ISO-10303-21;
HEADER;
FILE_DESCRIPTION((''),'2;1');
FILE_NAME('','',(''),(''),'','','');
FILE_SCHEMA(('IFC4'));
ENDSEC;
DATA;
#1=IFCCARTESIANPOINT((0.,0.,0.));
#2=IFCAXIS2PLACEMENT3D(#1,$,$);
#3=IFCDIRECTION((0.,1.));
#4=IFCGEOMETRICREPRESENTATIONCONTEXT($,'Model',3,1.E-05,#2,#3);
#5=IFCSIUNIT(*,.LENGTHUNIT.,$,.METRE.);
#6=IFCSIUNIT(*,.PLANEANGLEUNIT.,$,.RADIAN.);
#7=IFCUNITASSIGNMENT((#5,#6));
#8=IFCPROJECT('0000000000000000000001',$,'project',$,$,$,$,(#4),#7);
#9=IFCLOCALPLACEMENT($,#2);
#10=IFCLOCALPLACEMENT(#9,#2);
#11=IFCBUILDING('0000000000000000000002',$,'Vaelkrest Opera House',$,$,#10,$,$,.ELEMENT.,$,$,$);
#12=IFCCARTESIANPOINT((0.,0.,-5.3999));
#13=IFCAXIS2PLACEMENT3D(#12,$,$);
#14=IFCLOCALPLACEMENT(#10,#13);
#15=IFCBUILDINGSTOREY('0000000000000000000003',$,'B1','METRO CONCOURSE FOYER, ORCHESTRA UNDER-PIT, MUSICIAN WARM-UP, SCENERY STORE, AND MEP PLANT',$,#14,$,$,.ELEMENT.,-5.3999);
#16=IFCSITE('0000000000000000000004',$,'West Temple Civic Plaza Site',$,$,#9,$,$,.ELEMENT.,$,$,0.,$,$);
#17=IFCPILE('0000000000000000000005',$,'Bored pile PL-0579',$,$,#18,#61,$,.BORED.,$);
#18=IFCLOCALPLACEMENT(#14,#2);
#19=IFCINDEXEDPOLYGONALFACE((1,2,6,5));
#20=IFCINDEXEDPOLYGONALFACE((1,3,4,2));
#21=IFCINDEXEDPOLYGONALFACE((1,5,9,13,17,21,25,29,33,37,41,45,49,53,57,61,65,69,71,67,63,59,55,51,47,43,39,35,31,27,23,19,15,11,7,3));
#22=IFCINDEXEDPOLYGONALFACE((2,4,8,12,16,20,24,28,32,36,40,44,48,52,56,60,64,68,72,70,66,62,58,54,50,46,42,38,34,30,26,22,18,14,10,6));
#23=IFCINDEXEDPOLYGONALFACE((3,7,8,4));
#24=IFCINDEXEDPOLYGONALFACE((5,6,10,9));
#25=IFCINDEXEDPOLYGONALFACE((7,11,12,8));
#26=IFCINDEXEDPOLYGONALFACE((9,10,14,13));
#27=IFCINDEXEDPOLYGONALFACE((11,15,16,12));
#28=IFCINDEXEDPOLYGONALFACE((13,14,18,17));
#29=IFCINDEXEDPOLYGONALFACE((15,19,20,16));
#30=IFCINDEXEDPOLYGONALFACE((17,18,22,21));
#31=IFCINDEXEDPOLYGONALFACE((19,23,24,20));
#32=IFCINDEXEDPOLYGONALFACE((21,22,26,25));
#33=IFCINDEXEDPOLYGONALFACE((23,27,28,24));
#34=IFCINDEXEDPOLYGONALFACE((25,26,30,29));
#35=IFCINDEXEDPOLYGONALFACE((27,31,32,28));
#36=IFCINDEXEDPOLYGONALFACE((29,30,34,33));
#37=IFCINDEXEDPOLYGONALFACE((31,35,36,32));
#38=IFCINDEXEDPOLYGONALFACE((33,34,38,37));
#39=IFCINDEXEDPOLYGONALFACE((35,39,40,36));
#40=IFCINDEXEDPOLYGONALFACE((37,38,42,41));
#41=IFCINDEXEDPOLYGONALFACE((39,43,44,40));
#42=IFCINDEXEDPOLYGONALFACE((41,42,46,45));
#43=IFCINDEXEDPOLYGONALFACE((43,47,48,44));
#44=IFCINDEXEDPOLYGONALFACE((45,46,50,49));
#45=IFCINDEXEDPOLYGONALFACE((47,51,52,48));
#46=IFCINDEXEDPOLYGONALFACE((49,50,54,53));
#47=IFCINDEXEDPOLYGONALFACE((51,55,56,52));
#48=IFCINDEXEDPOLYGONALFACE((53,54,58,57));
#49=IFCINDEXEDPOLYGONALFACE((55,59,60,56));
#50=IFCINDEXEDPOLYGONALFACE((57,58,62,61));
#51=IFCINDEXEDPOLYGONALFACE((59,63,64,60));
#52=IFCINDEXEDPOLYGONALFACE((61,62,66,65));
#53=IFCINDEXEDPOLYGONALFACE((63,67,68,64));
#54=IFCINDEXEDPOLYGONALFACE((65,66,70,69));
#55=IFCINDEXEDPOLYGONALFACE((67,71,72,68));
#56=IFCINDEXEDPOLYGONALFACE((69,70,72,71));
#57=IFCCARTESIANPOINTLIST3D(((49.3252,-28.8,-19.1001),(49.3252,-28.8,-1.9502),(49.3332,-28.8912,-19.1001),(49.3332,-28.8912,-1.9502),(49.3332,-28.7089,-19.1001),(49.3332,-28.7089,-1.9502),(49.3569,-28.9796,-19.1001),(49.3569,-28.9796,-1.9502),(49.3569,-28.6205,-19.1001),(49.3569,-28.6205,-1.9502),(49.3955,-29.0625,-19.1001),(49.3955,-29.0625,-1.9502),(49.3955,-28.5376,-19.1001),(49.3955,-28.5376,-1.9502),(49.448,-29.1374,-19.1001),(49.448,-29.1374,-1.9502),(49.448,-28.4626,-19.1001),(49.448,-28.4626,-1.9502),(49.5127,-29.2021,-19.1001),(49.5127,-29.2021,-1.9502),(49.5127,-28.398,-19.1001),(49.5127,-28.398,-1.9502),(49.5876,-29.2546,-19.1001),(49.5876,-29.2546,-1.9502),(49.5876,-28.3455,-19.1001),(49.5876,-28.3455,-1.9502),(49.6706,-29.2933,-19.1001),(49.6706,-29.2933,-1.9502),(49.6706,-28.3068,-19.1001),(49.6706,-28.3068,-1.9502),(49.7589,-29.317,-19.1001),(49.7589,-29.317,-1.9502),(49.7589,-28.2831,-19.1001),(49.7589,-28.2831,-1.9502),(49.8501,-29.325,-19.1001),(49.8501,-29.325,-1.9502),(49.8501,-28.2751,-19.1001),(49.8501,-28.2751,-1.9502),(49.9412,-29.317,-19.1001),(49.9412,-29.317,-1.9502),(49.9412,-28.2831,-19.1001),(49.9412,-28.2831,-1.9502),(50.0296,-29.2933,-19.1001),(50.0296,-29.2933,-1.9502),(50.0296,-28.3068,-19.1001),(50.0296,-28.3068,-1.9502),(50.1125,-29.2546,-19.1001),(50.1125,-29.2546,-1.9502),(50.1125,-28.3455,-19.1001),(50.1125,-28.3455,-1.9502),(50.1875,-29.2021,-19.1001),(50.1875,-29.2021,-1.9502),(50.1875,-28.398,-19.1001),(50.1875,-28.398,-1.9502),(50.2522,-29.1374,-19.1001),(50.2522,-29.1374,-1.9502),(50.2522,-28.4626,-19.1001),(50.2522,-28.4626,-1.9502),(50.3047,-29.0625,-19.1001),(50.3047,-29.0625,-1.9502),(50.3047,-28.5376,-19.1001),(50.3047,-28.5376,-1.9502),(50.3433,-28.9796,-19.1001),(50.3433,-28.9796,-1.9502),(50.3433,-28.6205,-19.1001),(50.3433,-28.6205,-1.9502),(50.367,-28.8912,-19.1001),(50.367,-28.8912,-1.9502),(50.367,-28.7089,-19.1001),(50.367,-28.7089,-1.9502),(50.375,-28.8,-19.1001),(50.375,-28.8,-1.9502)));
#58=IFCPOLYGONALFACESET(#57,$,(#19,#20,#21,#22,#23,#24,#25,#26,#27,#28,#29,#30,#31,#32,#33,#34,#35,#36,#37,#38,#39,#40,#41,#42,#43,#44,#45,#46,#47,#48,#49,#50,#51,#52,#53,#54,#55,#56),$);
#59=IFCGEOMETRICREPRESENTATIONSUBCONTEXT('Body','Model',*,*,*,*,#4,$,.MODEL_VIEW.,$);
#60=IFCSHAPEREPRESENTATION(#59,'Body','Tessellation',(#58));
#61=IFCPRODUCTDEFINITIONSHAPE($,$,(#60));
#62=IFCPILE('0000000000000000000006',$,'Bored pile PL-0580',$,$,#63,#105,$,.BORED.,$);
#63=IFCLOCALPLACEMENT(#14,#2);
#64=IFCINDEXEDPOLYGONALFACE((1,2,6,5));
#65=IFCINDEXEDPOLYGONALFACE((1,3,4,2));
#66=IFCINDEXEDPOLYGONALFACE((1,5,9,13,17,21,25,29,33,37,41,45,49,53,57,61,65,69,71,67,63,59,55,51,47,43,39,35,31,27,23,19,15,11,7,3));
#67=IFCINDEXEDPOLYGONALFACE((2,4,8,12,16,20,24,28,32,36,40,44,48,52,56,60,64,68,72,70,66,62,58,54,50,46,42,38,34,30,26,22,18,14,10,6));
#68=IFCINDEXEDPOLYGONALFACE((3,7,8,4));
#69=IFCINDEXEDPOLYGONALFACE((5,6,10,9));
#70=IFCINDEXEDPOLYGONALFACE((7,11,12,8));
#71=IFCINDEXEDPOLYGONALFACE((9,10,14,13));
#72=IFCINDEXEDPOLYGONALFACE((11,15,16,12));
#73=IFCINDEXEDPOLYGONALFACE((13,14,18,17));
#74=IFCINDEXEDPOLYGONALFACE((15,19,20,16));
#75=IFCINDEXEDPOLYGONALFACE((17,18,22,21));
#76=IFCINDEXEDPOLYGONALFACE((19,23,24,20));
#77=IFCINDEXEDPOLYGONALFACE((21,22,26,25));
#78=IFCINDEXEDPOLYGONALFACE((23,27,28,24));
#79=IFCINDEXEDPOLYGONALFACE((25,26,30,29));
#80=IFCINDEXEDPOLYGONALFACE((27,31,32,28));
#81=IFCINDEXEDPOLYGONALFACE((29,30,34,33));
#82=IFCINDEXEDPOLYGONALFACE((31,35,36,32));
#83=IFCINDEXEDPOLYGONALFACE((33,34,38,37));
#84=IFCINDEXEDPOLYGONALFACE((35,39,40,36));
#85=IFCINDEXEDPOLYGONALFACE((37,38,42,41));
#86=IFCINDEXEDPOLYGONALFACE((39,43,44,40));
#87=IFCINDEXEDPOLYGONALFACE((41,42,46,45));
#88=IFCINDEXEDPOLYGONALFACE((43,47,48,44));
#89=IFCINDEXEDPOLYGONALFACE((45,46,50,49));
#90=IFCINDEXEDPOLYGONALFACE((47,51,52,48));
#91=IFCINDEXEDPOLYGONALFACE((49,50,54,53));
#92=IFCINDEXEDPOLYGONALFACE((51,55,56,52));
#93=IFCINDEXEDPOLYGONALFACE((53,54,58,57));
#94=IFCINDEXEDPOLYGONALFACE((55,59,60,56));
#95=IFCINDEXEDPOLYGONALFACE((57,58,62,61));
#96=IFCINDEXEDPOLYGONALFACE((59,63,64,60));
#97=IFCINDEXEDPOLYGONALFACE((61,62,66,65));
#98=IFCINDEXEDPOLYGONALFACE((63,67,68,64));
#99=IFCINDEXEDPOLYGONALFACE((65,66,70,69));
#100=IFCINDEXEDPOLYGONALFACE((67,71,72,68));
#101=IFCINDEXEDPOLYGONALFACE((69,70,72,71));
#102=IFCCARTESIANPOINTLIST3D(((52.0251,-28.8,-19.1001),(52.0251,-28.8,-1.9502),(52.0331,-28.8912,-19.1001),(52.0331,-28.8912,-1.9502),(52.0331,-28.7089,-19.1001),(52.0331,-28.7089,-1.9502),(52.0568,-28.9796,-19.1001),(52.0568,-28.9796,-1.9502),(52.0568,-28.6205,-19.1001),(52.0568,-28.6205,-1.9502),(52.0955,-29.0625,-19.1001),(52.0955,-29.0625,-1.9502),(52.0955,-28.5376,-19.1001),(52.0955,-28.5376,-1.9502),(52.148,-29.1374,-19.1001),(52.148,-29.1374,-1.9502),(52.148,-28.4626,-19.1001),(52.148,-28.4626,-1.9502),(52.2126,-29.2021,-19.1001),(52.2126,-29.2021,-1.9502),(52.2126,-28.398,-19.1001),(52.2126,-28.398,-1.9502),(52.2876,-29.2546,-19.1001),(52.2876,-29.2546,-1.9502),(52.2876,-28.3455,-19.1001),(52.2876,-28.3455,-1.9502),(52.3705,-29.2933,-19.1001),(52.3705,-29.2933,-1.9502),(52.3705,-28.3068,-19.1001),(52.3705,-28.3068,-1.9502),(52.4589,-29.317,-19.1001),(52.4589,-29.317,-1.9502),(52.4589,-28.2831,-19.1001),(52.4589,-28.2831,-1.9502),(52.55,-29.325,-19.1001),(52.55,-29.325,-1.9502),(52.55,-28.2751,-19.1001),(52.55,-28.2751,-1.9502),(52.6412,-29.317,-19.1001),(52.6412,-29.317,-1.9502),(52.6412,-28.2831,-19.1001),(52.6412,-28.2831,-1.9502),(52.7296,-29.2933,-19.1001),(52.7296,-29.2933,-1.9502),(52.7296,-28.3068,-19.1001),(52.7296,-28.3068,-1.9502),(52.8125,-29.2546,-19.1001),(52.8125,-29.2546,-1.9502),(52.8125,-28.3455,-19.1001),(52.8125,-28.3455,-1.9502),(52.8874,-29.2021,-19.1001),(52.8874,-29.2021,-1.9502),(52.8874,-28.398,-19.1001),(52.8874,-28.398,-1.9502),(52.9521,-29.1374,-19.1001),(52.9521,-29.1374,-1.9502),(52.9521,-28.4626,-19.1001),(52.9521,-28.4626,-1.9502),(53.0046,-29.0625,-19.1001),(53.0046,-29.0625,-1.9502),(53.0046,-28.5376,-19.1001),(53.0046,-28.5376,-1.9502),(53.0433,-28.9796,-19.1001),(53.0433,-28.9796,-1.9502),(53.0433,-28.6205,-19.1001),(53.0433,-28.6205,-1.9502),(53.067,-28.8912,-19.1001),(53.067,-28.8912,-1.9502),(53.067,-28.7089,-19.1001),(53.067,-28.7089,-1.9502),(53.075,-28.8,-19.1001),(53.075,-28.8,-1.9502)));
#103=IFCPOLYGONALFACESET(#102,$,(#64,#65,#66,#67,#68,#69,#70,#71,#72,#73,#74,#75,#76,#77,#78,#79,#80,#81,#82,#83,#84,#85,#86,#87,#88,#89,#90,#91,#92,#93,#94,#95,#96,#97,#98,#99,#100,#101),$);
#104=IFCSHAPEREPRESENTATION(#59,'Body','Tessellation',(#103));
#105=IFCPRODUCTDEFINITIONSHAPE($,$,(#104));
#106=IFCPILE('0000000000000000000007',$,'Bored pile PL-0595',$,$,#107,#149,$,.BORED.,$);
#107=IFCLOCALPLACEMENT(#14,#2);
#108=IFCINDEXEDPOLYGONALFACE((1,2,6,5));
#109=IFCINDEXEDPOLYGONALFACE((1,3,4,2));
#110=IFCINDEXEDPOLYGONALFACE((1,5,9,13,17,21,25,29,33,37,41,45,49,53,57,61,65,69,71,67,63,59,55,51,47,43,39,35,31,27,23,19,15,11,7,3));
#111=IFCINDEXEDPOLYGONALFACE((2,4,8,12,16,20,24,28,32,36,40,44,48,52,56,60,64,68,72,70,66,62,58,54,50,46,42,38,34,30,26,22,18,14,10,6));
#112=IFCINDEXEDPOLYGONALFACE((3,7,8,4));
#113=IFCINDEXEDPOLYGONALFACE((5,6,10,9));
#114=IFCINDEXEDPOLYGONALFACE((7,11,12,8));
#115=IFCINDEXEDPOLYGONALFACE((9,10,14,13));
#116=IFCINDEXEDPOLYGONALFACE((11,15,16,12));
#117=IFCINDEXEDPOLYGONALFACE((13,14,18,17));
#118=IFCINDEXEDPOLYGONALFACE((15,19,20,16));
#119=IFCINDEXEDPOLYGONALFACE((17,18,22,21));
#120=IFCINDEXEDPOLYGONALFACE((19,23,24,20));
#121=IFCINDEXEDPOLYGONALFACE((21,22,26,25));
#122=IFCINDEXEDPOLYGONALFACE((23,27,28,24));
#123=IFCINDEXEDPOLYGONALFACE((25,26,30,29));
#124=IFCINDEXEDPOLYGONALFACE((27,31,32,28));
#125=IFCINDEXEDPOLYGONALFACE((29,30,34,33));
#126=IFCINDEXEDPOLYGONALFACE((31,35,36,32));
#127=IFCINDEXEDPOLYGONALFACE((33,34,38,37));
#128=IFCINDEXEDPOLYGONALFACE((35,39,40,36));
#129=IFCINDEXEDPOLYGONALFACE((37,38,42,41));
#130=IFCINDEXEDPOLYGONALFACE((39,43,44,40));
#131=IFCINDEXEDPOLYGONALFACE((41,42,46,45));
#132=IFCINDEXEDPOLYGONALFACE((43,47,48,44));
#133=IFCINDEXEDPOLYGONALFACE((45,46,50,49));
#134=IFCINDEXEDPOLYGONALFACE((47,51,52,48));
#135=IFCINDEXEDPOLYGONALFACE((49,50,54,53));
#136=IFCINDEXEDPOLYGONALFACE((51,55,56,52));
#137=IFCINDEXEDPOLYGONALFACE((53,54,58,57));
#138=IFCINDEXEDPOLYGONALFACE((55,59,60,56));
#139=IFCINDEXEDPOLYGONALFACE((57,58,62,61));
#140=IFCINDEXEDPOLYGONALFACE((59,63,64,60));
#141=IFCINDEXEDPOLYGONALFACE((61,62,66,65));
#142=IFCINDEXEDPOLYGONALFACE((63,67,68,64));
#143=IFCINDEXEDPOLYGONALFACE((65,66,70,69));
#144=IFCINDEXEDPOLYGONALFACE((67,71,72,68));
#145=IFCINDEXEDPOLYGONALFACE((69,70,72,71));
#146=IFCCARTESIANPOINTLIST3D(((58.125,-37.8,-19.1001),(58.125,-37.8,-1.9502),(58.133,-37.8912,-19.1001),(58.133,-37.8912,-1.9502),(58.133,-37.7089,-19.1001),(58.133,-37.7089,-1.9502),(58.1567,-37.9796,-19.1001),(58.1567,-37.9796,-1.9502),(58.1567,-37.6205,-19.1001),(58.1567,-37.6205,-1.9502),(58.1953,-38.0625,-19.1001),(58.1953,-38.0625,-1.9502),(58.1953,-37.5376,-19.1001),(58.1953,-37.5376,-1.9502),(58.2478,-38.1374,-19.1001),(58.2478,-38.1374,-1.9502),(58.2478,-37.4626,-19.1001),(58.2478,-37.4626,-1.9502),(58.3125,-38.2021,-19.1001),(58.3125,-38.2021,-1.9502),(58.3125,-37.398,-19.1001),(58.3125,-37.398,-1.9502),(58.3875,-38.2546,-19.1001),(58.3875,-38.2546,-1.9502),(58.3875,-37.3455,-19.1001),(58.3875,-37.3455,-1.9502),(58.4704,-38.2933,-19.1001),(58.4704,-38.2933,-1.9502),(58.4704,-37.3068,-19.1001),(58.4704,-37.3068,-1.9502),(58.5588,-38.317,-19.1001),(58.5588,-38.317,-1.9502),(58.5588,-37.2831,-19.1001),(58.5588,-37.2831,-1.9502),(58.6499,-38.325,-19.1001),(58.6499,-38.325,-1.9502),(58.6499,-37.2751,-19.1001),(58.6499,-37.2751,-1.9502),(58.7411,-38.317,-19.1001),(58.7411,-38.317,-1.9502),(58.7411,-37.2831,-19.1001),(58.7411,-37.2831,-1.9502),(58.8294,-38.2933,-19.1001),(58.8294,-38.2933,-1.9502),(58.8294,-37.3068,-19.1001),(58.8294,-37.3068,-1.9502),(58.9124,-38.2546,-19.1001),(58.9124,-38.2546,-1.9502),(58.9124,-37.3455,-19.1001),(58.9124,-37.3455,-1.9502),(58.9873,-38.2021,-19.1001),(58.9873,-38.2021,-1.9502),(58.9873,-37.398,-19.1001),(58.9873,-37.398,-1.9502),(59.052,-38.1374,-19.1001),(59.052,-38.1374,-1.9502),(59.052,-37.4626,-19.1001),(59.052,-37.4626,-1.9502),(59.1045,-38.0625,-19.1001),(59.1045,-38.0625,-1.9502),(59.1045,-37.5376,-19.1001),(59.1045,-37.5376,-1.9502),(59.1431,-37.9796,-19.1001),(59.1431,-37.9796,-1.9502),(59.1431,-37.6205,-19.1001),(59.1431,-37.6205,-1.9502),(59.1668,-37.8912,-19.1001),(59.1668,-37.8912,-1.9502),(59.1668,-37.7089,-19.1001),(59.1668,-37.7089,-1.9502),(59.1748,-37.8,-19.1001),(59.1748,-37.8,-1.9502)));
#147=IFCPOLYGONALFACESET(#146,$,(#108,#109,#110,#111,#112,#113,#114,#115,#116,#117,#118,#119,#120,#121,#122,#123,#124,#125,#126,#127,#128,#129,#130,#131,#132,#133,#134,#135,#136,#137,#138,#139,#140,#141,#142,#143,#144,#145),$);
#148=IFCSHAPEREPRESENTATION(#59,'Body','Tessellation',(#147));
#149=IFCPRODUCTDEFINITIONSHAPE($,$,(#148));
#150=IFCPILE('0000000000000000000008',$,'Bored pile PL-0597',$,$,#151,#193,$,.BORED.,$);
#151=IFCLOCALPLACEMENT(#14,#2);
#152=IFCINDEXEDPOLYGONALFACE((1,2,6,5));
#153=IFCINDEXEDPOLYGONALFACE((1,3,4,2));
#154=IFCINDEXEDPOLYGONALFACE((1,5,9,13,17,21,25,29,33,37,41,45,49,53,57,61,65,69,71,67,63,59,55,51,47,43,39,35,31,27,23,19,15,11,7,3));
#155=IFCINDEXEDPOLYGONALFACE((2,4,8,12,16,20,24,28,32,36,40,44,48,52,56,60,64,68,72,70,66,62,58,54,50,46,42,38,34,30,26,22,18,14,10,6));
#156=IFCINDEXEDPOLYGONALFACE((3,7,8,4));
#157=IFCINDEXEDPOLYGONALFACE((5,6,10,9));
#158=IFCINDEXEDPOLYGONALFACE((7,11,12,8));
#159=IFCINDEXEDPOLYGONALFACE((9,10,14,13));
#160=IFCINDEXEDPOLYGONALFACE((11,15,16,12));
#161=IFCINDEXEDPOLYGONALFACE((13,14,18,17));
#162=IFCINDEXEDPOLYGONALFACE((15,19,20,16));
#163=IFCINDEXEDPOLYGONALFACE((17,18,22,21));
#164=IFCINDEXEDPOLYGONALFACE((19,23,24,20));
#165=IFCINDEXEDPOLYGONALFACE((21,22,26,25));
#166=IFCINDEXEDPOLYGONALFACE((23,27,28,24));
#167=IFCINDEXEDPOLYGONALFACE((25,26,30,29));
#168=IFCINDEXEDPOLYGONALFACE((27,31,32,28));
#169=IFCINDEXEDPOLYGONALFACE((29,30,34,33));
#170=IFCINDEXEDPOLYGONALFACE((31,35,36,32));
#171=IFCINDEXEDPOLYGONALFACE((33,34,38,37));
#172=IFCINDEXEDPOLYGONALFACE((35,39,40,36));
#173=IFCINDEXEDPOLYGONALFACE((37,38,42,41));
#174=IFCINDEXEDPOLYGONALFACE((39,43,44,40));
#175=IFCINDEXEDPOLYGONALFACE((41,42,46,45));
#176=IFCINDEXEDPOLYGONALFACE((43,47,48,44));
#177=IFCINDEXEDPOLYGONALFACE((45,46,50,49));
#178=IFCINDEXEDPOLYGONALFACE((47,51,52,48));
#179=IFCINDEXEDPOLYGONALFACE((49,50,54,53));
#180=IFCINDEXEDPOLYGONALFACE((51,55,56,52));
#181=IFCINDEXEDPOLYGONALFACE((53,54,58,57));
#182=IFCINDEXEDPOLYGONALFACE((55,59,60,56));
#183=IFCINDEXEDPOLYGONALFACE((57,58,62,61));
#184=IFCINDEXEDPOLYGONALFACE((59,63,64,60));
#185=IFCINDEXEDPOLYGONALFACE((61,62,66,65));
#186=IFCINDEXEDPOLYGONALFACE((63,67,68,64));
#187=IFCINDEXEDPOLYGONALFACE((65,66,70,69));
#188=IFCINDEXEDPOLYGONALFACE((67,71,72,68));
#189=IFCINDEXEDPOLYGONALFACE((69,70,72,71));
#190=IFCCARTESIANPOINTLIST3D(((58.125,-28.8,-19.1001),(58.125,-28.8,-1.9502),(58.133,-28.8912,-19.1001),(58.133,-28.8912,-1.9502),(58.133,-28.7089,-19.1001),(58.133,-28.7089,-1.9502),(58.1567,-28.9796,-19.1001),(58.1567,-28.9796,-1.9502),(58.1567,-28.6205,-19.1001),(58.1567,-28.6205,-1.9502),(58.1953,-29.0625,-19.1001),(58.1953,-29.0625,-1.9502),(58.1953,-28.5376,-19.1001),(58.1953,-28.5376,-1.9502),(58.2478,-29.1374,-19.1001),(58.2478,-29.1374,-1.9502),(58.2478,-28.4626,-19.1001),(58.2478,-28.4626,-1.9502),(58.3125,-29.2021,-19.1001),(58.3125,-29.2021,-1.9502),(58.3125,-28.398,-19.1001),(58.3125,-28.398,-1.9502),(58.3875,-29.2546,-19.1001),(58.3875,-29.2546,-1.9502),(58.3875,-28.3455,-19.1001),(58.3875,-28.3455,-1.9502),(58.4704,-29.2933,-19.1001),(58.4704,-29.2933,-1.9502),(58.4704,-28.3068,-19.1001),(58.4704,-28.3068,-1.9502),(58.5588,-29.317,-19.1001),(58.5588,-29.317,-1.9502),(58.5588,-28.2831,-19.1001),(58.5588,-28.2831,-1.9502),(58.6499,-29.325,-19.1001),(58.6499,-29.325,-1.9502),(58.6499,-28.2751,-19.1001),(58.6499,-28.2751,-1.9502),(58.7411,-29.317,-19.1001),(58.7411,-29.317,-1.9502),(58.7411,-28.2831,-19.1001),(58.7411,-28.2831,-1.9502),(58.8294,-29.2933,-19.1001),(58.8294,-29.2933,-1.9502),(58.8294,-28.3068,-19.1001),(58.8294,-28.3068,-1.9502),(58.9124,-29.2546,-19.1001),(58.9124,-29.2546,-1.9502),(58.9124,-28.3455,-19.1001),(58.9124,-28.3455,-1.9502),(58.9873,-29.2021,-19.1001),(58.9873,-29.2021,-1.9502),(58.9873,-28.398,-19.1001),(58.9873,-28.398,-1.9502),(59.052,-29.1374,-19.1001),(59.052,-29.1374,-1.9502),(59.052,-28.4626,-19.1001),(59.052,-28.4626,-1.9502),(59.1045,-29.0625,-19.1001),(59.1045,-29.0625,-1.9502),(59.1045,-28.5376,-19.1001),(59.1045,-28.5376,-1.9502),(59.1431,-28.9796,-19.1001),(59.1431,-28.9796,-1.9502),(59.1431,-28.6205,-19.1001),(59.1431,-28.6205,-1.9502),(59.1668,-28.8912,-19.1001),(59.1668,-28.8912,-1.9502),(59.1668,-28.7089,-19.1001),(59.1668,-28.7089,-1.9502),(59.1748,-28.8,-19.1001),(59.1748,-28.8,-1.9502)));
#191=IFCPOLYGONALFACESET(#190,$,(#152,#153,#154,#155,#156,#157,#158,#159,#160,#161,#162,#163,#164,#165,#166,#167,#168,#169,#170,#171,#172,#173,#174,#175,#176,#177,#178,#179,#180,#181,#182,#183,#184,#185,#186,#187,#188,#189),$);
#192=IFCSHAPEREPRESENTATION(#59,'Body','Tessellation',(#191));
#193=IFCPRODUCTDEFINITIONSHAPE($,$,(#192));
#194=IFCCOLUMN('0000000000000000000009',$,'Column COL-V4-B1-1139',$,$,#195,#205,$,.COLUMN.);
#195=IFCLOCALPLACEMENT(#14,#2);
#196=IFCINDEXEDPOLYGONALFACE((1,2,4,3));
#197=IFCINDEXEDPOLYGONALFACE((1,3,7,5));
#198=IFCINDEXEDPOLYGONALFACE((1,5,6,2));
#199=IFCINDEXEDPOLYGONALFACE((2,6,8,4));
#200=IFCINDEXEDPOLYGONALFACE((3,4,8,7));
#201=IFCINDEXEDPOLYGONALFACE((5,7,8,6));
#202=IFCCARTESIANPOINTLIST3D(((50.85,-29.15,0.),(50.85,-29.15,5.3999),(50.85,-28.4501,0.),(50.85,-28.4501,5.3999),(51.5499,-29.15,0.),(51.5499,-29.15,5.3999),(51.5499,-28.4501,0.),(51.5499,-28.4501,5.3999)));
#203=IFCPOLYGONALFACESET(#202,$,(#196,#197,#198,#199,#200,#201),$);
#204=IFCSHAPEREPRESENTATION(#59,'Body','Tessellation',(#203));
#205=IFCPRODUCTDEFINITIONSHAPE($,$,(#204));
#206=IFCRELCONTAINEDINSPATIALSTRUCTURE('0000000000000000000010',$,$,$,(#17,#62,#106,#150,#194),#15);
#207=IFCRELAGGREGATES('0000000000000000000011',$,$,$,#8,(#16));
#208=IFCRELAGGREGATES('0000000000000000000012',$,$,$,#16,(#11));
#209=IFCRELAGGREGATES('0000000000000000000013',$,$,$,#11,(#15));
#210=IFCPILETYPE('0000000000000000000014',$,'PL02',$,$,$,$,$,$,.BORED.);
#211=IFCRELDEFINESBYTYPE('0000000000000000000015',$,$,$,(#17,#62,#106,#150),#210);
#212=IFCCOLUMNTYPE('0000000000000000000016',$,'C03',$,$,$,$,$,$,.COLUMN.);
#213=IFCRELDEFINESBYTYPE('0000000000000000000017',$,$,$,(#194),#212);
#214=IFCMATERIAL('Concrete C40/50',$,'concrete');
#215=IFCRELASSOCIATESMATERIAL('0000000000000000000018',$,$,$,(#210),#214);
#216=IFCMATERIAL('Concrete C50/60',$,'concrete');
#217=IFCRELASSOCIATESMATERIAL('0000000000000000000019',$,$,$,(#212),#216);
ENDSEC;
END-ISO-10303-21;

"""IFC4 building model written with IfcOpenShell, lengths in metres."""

from ifc_helpers import new_model, si_unit, direction, frame, origin, origin_2d, place, context, subcontext, project, spatial, rectangle, circle, extrude, material, material_profile, profile_set, type_object, element, save


model = new_model("IFC4")

# Units and contexts
model_context = context("Model", 3, precision=1e-05, world=origin(), true_north=direction((0.0, 1.0)))
body_context = subcontext(model_context, "Body", "Model", "MODEL_VIEW")
ifc_project = project(units=[si_unit("LENGTHUNIT", "METRE"), si_unit("PLANEANGLEUNIT", "RADIAN")], contexts=[model_context])

# Site, building, storey
site_placement = place(None, origin())
site = spatial("IfcSite", under=ifc_project, at=site_placement, Name="West Temple Civic Plaza Site", CompositionType="ELEMENT", RefElevation=0.0)
building_placement = place(site_placement, origin())
building = spatial("IfcBuilding", under=site, at=building_placement, Name="Vaelkrest Opera House", CompositionType="ELEMENT")
storey_placement = place(building_placement, frame((0.0, 0.0, -5.3999)))
storey = spatial("IfcBuildingStorey", under=building, at=storey_placement, Name="B1", Description="METRO CONCOURSE FOYER, ORCHESTRA UNDER-PIT, MUSICIAN WARM-UP, SCENERY STORE, AND MEP PLANT", CompositionType="ELEMENT", Elevation=-5.3999)

# Shared definitions
ifc_material_1 = material(Name="Concrete C40/50", Category="concrete")

# Piles
ifc_material_profile_1 = material_profile(ifc_material_1, circle(Radius=0.5249, at=origin_2d()), Name="PILE1050")
ifc_profile_set_1 = profile_set([ifc_material_profile_1], Name="Concrete C40/50")
pile_type = type_object("IfcPileType", Name="PL02", PredefinedType="BORED", material=ifc_profile_set_1)
for number, where, z_axis, x_axis, name in (
    (1, (49.8501, -28.8, -1.9502), (0.0, 0.0, -1.0), (1.0, 0.0, 0.0), "Bored pile PL-0579"),
    (2, (52.55, -28.8, -1.9502), (0.0, 0.0, -1.0), (1.0, 0.0, 0.0), "Bored pile PL-0580"),
    (3, (58.6499, -37.8, -1.9502), (0.0, 0.0, -1.0), (1.0, 0.0, 0.0), "Bored pile PL-0595"),
    (4, (58.6499, -28.8, -1.9502), (0.0, 0.0, -1.0), (1.0, 0.0, 0.0), "Bored pile PL-0597"),
):
    element("IfcPile", number, at=place(storey_placement, frame(where, z_axis=z_axis, x_axis=x_axis)), inside=storey, type_object=pile_type, Name=name, PredefinedType="BORED", context=body_context, shape_type="SweptSolid", body=[
        extrude(circle(Radius=0.5249, at=origin_2d()), origin(), (0.0, 0.0, 1.0), 17.1499),
    ])

# Column
ifc_material_2 = material(Name="Concrete C50/60", Category="concrete")
ifc_material_profile_2 = material_profile(ifc_material_2, rectangle(XDim=0.7, YDim=0.7, at=origin_2d()), Name="RC700X700")
ifc_profile_set_2 = profile_set([ifc_material_profile_2], Name="Concrete C50/60")
column_type_1 = type_object("IfcColumnType", Name="C03", PredefinedType="COLUMN", material=ifc_profile_set_2)
column_1_placement = place(storey_placement, frame((51.2, -28.8, 0.0), z_axis=(0.0, 0.0, 1.0), x_axis=(1.0, 0.0, 0.0)))
element("IfcColumn", 5, at=column_1_placement, inside=storey, type_object=column_type_1, Name="Column COL-V4-B1-1139", PredefinedType="COLUMN", context=body_context, shape_type="SweptSolid", body=[
    extrude(rectangle(XDim=0.7, YDim=0.7, at=origin_2d()), origin(), (0.0, 0.0, 1.0), 5.3999),
])

save(model, "model.ifc")
